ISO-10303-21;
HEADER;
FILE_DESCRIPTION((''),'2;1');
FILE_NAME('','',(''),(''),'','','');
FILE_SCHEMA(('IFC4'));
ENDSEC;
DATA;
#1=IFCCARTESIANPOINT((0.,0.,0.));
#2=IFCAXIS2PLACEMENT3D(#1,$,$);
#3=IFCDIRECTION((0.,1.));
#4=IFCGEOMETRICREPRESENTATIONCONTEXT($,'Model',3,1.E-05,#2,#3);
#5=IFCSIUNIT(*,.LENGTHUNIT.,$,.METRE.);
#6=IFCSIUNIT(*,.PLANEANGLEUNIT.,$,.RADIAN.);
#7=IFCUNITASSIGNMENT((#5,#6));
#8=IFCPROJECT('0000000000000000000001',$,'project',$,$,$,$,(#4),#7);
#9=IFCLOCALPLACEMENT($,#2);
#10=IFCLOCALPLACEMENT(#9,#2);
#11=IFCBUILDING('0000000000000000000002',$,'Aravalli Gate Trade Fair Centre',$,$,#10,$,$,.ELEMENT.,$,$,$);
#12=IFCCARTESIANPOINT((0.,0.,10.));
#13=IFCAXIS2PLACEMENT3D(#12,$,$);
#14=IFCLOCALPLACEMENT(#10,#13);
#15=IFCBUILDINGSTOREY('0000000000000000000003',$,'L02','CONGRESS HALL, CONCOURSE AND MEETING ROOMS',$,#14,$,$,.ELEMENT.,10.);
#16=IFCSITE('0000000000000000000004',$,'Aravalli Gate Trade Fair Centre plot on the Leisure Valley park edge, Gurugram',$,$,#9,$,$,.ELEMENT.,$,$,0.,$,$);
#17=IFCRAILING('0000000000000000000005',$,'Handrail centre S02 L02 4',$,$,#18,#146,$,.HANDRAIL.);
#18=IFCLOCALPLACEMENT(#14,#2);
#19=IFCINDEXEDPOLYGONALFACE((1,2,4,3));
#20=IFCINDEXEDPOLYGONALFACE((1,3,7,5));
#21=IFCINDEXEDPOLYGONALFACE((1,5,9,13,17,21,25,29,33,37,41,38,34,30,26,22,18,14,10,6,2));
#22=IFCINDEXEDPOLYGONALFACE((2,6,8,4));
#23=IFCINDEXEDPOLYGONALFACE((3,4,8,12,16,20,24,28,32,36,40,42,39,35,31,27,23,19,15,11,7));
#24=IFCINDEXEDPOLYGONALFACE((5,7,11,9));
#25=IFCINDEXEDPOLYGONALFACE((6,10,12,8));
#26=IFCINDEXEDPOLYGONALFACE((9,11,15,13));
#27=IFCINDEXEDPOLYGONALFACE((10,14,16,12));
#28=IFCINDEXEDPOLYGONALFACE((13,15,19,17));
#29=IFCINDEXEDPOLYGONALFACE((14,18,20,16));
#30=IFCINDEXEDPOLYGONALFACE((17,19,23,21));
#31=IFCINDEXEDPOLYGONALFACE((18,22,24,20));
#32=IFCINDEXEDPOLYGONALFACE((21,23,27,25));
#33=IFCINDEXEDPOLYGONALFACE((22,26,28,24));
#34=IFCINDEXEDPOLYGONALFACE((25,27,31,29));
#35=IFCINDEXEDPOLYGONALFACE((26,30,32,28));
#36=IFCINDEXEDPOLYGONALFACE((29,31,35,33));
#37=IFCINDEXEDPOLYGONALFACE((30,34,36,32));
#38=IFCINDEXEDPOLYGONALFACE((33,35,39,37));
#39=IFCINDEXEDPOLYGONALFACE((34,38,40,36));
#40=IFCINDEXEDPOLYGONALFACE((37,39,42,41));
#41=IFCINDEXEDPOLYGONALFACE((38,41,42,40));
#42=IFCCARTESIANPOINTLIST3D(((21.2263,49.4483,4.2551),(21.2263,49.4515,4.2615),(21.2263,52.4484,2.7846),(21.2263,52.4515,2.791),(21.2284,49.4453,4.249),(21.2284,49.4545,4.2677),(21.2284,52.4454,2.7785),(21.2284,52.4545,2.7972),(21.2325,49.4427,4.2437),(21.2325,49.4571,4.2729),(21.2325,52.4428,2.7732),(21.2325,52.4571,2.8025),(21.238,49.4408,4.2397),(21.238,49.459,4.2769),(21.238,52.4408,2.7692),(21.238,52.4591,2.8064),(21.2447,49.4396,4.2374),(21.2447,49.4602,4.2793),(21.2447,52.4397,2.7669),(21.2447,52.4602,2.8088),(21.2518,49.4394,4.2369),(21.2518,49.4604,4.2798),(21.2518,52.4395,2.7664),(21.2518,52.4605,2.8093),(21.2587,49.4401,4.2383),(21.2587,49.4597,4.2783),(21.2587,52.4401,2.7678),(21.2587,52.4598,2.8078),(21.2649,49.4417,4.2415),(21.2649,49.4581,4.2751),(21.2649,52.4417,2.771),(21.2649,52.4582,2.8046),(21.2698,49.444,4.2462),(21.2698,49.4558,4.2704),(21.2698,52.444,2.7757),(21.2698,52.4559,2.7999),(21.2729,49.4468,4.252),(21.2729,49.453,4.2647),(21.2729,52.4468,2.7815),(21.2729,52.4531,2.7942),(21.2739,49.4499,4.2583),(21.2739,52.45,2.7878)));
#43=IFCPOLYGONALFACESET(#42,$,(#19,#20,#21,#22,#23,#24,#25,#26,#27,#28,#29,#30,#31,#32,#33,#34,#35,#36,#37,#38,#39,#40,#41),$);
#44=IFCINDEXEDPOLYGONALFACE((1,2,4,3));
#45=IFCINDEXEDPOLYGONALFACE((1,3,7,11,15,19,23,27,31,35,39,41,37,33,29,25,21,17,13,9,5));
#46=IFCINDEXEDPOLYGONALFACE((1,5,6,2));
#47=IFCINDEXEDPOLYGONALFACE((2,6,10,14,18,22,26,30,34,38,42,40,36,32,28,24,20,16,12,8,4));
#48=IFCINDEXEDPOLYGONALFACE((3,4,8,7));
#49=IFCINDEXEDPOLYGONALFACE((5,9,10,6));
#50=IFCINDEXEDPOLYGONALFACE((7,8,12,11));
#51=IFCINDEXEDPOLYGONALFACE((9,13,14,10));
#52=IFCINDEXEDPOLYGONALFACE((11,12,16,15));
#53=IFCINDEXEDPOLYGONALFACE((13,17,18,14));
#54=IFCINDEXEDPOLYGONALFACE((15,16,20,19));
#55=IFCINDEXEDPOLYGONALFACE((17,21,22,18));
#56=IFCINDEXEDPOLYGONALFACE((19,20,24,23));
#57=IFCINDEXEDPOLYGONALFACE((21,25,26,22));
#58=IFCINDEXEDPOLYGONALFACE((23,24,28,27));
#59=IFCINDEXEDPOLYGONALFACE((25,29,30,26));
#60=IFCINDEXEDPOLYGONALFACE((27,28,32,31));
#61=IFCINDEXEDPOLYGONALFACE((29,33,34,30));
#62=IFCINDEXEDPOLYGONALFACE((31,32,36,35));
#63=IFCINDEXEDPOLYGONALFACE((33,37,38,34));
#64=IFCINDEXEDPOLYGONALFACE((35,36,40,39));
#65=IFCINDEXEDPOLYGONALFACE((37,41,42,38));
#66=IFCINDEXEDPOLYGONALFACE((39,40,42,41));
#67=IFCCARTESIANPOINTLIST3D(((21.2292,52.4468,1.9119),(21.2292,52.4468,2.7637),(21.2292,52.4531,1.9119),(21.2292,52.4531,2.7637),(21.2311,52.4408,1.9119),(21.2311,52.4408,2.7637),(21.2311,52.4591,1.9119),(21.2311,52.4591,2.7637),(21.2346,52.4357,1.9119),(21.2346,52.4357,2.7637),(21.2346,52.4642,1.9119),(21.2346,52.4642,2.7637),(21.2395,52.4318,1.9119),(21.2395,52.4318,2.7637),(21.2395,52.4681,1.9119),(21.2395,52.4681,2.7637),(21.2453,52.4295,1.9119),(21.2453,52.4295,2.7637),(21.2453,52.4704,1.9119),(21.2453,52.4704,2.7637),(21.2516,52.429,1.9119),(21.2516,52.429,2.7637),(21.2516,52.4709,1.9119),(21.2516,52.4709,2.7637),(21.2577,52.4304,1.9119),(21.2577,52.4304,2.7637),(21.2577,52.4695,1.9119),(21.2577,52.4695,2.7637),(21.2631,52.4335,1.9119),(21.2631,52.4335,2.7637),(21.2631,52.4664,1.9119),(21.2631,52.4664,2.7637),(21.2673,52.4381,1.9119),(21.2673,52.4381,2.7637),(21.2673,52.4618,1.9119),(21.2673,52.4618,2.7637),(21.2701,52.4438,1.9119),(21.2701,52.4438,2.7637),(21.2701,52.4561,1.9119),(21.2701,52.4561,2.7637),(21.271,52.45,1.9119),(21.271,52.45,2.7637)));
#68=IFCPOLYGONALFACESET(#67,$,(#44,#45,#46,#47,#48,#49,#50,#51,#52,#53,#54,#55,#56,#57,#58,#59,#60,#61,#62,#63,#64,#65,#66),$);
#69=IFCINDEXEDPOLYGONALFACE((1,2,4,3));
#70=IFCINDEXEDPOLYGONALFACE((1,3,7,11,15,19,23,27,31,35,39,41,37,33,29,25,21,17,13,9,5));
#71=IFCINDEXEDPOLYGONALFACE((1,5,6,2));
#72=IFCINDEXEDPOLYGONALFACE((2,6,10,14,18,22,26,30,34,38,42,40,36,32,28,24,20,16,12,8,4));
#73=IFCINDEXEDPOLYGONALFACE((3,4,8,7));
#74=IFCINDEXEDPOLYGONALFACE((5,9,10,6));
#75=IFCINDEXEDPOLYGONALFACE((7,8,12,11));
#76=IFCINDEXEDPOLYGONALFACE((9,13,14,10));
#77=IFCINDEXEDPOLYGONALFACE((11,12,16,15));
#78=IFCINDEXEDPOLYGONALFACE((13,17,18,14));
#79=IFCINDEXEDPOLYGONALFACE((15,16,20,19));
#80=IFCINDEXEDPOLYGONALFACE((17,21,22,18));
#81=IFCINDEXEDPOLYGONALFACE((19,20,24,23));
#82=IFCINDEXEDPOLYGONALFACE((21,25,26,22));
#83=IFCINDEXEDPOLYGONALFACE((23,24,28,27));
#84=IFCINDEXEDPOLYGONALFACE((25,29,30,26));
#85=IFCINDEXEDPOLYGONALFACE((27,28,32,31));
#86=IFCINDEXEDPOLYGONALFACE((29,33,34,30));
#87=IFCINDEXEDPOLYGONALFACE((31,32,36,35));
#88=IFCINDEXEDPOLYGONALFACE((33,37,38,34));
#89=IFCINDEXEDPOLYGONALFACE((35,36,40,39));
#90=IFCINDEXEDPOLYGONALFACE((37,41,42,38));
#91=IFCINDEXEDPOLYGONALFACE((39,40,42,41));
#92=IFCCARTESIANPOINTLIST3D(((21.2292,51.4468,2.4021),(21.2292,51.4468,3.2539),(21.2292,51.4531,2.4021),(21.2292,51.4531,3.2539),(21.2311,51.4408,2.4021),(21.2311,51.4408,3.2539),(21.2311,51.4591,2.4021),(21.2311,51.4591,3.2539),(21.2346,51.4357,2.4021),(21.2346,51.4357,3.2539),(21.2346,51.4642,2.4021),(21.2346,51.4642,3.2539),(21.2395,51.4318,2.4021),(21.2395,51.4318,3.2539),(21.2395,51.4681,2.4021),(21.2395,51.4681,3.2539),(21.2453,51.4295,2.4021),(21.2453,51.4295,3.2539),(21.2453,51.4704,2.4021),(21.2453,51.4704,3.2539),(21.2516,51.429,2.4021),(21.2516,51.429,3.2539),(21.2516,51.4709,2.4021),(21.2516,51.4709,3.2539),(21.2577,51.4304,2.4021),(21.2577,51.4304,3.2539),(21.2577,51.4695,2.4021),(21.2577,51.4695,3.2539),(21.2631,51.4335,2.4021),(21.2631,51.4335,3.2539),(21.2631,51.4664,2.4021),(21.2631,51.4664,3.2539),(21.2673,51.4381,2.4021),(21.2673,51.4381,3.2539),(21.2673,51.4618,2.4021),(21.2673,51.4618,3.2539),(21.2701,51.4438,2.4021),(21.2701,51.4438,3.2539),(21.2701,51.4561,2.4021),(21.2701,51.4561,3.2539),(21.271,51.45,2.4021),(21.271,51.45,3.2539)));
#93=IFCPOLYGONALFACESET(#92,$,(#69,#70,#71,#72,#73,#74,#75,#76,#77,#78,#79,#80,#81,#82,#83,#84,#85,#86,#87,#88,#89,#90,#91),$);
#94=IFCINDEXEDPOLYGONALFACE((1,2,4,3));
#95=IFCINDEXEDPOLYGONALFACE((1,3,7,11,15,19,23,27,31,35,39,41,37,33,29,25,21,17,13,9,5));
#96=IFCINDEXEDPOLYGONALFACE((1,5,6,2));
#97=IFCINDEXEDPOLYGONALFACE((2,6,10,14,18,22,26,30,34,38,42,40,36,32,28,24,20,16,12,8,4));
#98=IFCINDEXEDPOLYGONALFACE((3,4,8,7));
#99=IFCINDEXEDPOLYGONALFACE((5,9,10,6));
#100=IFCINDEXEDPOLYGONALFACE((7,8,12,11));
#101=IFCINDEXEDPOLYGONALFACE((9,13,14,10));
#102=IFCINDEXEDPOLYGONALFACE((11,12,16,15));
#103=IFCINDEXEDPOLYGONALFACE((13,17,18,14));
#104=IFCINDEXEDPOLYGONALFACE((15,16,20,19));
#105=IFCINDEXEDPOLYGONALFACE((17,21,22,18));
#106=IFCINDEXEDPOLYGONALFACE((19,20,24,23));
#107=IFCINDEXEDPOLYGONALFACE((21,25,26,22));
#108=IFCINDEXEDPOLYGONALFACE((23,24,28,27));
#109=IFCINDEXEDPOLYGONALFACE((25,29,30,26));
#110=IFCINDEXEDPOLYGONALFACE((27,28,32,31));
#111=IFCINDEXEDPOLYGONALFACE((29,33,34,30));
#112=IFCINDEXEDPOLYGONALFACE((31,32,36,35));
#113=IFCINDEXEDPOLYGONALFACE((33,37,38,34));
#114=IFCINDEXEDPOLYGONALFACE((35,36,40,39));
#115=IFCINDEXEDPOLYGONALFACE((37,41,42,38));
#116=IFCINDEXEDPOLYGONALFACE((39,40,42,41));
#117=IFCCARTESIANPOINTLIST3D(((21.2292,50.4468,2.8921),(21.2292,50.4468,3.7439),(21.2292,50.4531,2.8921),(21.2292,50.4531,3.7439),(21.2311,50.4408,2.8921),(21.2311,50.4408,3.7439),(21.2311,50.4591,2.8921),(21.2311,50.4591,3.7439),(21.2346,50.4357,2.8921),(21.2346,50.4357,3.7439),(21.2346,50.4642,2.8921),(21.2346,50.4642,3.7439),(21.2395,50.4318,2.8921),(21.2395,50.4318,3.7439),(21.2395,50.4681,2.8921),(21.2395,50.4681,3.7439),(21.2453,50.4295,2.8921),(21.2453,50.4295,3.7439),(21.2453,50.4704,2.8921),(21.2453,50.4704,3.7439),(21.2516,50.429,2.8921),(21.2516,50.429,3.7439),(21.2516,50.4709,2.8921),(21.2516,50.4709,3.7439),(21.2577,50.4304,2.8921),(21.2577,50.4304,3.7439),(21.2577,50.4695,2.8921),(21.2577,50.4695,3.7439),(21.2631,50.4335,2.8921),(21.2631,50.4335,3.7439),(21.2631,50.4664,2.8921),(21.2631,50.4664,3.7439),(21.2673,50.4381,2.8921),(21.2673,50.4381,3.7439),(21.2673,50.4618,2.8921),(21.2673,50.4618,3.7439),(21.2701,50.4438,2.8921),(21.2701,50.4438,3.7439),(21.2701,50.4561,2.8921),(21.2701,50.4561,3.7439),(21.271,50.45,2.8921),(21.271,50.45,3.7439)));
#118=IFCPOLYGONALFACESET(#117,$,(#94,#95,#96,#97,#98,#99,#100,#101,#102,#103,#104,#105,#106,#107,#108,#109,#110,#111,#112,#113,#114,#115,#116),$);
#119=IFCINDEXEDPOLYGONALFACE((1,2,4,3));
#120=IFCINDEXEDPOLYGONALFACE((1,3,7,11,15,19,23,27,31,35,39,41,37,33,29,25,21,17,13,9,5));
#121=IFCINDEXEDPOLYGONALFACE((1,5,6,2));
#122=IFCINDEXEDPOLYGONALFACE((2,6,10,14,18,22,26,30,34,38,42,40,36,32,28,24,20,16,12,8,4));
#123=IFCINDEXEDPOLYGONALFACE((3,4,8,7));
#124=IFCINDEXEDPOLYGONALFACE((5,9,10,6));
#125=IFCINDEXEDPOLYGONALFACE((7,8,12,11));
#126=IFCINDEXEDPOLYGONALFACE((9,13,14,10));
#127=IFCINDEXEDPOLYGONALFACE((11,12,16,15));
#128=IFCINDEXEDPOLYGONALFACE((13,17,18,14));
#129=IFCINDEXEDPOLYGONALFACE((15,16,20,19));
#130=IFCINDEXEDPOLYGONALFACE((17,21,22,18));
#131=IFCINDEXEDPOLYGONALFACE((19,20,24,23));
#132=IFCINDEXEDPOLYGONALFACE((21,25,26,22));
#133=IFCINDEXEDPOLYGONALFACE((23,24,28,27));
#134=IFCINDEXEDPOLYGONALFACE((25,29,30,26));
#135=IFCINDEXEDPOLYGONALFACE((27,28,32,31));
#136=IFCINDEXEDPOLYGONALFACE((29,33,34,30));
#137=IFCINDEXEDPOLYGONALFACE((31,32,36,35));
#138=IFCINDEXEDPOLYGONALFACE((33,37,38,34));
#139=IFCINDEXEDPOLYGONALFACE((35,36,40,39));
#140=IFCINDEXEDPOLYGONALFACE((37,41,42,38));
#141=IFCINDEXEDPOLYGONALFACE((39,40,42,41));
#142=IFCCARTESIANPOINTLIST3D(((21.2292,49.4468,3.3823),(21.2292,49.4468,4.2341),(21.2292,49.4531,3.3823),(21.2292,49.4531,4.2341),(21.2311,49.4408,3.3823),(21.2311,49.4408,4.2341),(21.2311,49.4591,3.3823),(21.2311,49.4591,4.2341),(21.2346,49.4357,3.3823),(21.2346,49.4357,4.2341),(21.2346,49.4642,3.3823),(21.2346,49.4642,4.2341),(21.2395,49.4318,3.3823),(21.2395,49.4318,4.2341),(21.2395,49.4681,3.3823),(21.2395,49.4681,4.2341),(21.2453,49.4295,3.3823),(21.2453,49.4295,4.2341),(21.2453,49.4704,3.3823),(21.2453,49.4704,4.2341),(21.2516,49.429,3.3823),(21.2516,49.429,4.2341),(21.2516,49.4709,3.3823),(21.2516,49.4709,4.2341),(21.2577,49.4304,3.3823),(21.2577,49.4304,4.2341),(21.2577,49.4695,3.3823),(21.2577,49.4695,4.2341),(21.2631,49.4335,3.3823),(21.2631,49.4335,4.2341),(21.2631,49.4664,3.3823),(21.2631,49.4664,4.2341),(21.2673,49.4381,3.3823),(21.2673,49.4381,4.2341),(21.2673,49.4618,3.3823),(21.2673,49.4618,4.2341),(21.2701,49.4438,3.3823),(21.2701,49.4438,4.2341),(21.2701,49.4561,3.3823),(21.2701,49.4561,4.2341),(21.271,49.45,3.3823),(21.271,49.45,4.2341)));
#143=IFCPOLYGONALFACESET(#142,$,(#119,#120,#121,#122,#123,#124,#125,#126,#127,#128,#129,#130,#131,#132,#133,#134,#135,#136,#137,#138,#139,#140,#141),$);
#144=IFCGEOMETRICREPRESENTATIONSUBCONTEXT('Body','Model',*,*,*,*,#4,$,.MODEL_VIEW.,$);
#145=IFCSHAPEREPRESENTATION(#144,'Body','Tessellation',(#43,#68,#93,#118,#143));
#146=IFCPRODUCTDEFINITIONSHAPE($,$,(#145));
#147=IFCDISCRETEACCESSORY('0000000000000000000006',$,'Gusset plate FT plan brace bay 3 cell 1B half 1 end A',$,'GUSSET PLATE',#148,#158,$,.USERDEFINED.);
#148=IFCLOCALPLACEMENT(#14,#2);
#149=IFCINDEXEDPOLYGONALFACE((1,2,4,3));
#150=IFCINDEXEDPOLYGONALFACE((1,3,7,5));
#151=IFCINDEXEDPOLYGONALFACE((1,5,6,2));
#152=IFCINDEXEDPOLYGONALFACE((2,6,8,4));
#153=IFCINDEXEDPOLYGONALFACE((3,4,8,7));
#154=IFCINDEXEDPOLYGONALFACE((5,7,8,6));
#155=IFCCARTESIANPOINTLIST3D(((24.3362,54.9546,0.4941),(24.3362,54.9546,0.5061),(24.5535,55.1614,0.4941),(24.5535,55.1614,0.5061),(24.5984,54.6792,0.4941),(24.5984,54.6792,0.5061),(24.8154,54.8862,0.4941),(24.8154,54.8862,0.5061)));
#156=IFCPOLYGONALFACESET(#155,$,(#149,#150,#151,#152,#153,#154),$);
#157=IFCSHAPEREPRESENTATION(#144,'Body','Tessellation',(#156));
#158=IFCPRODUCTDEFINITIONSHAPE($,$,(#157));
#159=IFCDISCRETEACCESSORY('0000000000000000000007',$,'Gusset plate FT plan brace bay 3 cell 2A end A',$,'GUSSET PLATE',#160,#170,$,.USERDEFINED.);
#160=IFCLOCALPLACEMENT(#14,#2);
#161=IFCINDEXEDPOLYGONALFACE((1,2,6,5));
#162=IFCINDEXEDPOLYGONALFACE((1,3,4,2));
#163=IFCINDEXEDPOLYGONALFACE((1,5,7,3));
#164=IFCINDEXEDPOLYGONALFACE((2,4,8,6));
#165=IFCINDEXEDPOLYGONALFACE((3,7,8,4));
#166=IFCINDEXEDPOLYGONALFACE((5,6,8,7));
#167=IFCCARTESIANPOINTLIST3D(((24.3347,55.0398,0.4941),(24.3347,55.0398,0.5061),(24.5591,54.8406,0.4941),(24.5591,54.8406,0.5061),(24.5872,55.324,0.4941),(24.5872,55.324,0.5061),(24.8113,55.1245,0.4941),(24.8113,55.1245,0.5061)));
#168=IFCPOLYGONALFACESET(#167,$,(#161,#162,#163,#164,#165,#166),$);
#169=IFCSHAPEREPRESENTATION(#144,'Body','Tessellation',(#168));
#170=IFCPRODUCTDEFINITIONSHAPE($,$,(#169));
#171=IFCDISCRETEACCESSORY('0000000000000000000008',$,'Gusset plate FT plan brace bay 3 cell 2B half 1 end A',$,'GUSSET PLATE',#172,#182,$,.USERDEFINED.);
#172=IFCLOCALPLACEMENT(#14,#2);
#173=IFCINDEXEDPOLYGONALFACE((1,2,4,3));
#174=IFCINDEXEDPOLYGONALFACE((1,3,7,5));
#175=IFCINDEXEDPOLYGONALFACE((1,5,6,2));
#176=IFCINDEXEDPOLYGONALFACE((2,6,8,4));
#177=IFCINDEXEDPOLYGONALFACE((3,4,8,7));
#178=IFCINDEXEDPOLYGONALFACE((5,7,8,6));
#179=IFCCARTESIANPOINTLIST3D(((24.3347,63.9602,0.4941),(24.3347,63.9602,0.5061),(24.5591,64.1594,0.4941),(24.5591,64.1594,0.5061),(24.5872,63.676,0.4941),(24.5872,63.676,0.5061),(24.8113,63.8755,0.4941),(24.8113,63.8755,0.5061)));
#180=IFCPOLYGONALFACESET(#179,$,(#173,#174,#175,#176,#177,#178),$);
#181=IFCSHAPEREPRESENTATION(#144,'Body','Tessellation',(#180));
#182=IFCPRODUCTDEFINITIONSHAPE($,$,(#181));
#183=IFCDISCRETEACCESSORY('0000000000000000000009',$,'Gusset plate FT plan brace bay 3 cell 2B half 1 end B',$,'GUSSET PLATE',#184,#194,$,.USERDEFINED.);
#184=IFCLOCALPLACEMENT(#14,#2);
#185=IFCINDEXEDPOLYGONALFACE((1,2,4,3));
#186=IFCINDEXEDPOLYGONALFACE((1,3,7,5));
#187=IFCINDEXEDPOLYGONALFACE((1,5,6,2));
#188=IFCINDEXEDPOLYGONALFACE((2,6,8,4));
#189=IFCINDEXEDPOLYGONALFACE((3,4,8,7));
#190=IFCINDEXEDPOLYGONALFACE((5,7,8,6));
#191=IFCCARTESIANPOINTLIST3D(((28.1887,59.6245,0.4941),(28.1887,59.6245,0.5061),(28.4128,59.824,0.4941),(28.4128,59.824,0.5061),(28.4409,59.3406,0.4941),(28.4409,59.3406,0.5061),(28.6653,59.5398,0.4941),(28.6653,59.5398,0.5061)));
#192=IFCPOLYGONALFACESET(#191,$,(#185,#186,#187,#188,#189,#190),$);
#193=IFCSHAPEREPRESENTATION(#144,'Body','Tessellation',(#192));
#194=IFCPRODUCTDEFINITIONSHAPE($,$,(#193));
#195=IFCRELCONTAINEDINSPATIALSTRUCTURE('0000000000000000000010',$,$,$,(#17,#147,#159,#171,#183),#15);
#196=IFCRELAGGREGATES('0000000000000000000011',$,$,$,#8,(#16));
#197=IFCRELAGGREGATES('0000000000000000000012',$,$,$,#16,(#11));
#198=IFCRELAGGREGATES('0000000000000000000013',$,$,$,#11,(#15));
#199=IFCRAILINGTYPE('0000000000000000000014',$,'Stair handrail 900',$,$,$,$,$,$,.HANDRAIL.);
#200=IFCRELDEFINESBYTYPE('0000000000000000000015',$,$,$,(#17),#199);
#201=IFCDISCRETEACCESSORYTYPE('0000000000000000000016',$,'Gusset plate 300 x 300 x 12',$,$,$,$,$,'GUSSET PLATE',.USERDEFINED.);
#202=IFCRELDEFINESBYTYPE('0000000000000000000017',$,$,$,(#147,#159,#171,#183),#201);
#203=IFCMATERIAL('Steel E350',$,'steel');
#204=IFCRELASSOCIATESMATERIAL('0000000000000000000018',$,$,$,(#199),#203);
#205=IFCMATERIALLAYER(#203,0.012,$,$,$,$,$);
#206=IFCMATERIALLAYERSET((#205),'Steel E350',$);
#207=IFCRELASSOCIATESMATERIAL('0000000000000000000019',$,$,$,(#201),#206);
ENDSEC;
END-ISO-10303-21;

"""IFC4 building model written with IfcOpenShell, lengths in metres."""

from ifc_helpers import new_model, si_unit, direction, frame, origin, origin_2d, place, context, subcontext, project, spatial, polyline, circle, outline, extrude, material, layer, layer_set, type_object, element, save


model = new_model("IFC4")

# Units and contexts
model_context = context("Model", 3, precision=1e-05, world=origin(), true_north=direction((0.0, 1.0)))
body_context = subcontext(model_context, "Body", "Model", "MODEL_VIEW")
ifc_project = project(units=[si_unit("LENGTHUNIT", "METRE"), si_unit("PLANEANGLEUNIT", "RADIAN")], contexts=[model_context])

# Site, building, storey
site_placement = place(None, origin())
site = spatial("IfcSite", under=ifc_project, at=site_placement, Name="Aravalli Gate Trade Fair Centre plot on the Leisure Valley park edge, Gurugram", CompositionType="ELEMENT", RefElevation=0.0)
building_placement = place(site_placement, origin())
building = spatial("IfcBuilding", under=site, at=building_placement, Name="Aravalli Gate Trade Fair Centre", CompositionType="ELEMENT")
storey_placement = place(building_placement, frame((0.0, 0.0, 10.0)))
storey = spatial("IfcBuildingStorey", under=building, at=storey_placement, Name="L02", Description="CONGRESS HALL, CONCOURSE AND MEETING ROOMS", CompositionType="ELEMENT", Elevation=10.0)

# Shared definitions
ifc_material_1 = material(Name="Steel E350", Category="steel")

# Railing
railing_type = type_object("IfcRailingType", Name="Stair handrail 900", PredefinedType="HANDRAIL", material=ifc_material_1)
for number, where, name in (
    (1, (21.25, 52.45, 1.9119), "Handrail centre S02 L02 4"),
):
    element("IfcRailing", number, at=place(storey_placement, frame(where)), inside=storey, type_object=railing_type, Name=name, PredefinedType="HANDRAIL", context=body_context, shape_type="SweptSolid", body=[
        extrude(circle(Radius=0.0239, at=origin_2d()), frame((0.0, 0.0, 0.876), z_axis=(0.0, -0.897936, 0.440126), x_axis=(1.0, 0.0, 0.0)), (0.0, 0.0, 1.0), 3.3411),
        extrude(circle(Radius=0.021, at=origin_2d()), origin(), (0.0, 0.0, 1.0), 0.8518),
        extrude(circle(Radius=0.021, at=origin_2d()), frame((0.0, -1.0, 0.4902)), (0.0, 0.0, 1.0), 0.8518),
        extrude(circle(Radius=0.021, at=origin_2d()), frame((0.0, -2.0, 0.9802)), (0.0, 0.0, 1.0), 0.8518),
        extrude(circle(Radius=0.021, at=origin_2d()), frame((0.0, -3.0, 1.4705)), (0.0, 0.0, 1.0), 0.8518),
    ])

# Discrete accessories
ifc_layer_1 = layer(ifc_material_1, 0.012)
ifc_layer_set_1 = layer_set([ifc_layer_1], Name="Steel E350")
discrete_accessory_type_1 = type_object("IfcDiscreteAccessoryType", Name="Gusset plate 300 x 300 x 12", ElementType="GUSSET PLATE", PredefinedType="USERDEFINED", material=ifc_layer_set_1)
discrete_accessory_1_placement = place(storey_placement, frame((24.5984, 54.6792, 0.5061), z_axis=(0.0, 0.0, 1.0), x_axis=(-0.689559, 0.72423, 0.0)))
element("IfcDiscreteAccessory", 2, at=discrete_accessory_1_placement, inside=storey, type_object=discrete_accessory_type_1, Name="Gusset plate FT plan brace bay 3 cell 1B half 1 end A", ObjectType="GUSSET PLATE", PredefinedType="USERDEFINED", context=body_context, shape_type="SweptSolid", body=[
    extrude(outline(polyline([(0.0, 0.0), (0.3803, 0.0), (0.3802, -0.3), (0.0003, -0.2999), (0.0, 0.0)])), origin(), (0.0, 0.0, -1.0), 0.012),
])
discrete_accessory_2_placement = place(storey_placement, frame((24.8113, 55.1245, 0.5061), z_axis=(0.0, 0.0, 1.0), x_axis=(-0.664084, -0.747658, 0.0)))
element("IfcDiscreteAccessory", 3, at=discrete_accessory_2_placement, inside=storey, type_object=discrete_accessory_type_1, Name="Gusset plate FT plan brace bay 3 cell 2A end A", ObjectType="GUSSET PLATE", PredefinedType="USERDEFINED", context=body_context, shape_type="SweptSolid", body=[
    extrude(outline(polyline([(0.0, 0.0), (0.3798, 0.0), (0.3798, -0.3), (-0.0003, -0.3), (0.0, 0.0)])), origin(), (0.0, 0.0, -1.0), 0.012),
])
discrete_accessory_3_placement = place(storey_placement, frame((24.5872, 63.676, 0.5061), z_axis=(0.0, 0.0, 1.0), x_axis=(-0.664125, 0.747622, 0.0)))
element("IfcDiscreteAccessory", 4, at=discrete_accessory_3_placement, inside=storey, type_object=discrete_accessory_type_1, Name="Gusset plate FT plan brace bay 3 cell 2B half 1 end A", ObjectType="GUSSET PLATE", PredefinedType="USERDEFINED", context=body_context, shape_type="SweptSolid", body=[
    extrude(outline(polyline([(0.0, 0.0), (0.3801, 0.0), (0.38, -0.3), (0.0003, -0.3), (0.0, 0.0)])), origin(), (0.0, 0.0, -1.0), 0.012),
])
discrete_accessory_4_placement = place(storey_placement, frame((28.1887, 59.6245, 0.5061), z_axis=(0.0, 0.0, 1.0), x_axis=(0.664084, -0.747658, 0.0)))
element("IfcDiscreteAccessory", 5, at=discrete_accessory_4_placement, inside=storey, type_object=discrete_accessory_type_1, Name="Gusset plate FT plan brace bay 3 cell 2B half 1 end B", ObjectType="GUSSET PLATE", PredefinedType="USERDEFINED", context=body_context, shape_type="SweptSolid", body=[
    extrude(outline(polyline([(0.0, 0.0), (0.3798, 0.0), (0.3798, 0.3), (-0.0003, 0.3), (0.0, 0.0)])), origin(), (0.0, 0.0, -1.0), 0.012),
])

save(model, "model.ifc")
